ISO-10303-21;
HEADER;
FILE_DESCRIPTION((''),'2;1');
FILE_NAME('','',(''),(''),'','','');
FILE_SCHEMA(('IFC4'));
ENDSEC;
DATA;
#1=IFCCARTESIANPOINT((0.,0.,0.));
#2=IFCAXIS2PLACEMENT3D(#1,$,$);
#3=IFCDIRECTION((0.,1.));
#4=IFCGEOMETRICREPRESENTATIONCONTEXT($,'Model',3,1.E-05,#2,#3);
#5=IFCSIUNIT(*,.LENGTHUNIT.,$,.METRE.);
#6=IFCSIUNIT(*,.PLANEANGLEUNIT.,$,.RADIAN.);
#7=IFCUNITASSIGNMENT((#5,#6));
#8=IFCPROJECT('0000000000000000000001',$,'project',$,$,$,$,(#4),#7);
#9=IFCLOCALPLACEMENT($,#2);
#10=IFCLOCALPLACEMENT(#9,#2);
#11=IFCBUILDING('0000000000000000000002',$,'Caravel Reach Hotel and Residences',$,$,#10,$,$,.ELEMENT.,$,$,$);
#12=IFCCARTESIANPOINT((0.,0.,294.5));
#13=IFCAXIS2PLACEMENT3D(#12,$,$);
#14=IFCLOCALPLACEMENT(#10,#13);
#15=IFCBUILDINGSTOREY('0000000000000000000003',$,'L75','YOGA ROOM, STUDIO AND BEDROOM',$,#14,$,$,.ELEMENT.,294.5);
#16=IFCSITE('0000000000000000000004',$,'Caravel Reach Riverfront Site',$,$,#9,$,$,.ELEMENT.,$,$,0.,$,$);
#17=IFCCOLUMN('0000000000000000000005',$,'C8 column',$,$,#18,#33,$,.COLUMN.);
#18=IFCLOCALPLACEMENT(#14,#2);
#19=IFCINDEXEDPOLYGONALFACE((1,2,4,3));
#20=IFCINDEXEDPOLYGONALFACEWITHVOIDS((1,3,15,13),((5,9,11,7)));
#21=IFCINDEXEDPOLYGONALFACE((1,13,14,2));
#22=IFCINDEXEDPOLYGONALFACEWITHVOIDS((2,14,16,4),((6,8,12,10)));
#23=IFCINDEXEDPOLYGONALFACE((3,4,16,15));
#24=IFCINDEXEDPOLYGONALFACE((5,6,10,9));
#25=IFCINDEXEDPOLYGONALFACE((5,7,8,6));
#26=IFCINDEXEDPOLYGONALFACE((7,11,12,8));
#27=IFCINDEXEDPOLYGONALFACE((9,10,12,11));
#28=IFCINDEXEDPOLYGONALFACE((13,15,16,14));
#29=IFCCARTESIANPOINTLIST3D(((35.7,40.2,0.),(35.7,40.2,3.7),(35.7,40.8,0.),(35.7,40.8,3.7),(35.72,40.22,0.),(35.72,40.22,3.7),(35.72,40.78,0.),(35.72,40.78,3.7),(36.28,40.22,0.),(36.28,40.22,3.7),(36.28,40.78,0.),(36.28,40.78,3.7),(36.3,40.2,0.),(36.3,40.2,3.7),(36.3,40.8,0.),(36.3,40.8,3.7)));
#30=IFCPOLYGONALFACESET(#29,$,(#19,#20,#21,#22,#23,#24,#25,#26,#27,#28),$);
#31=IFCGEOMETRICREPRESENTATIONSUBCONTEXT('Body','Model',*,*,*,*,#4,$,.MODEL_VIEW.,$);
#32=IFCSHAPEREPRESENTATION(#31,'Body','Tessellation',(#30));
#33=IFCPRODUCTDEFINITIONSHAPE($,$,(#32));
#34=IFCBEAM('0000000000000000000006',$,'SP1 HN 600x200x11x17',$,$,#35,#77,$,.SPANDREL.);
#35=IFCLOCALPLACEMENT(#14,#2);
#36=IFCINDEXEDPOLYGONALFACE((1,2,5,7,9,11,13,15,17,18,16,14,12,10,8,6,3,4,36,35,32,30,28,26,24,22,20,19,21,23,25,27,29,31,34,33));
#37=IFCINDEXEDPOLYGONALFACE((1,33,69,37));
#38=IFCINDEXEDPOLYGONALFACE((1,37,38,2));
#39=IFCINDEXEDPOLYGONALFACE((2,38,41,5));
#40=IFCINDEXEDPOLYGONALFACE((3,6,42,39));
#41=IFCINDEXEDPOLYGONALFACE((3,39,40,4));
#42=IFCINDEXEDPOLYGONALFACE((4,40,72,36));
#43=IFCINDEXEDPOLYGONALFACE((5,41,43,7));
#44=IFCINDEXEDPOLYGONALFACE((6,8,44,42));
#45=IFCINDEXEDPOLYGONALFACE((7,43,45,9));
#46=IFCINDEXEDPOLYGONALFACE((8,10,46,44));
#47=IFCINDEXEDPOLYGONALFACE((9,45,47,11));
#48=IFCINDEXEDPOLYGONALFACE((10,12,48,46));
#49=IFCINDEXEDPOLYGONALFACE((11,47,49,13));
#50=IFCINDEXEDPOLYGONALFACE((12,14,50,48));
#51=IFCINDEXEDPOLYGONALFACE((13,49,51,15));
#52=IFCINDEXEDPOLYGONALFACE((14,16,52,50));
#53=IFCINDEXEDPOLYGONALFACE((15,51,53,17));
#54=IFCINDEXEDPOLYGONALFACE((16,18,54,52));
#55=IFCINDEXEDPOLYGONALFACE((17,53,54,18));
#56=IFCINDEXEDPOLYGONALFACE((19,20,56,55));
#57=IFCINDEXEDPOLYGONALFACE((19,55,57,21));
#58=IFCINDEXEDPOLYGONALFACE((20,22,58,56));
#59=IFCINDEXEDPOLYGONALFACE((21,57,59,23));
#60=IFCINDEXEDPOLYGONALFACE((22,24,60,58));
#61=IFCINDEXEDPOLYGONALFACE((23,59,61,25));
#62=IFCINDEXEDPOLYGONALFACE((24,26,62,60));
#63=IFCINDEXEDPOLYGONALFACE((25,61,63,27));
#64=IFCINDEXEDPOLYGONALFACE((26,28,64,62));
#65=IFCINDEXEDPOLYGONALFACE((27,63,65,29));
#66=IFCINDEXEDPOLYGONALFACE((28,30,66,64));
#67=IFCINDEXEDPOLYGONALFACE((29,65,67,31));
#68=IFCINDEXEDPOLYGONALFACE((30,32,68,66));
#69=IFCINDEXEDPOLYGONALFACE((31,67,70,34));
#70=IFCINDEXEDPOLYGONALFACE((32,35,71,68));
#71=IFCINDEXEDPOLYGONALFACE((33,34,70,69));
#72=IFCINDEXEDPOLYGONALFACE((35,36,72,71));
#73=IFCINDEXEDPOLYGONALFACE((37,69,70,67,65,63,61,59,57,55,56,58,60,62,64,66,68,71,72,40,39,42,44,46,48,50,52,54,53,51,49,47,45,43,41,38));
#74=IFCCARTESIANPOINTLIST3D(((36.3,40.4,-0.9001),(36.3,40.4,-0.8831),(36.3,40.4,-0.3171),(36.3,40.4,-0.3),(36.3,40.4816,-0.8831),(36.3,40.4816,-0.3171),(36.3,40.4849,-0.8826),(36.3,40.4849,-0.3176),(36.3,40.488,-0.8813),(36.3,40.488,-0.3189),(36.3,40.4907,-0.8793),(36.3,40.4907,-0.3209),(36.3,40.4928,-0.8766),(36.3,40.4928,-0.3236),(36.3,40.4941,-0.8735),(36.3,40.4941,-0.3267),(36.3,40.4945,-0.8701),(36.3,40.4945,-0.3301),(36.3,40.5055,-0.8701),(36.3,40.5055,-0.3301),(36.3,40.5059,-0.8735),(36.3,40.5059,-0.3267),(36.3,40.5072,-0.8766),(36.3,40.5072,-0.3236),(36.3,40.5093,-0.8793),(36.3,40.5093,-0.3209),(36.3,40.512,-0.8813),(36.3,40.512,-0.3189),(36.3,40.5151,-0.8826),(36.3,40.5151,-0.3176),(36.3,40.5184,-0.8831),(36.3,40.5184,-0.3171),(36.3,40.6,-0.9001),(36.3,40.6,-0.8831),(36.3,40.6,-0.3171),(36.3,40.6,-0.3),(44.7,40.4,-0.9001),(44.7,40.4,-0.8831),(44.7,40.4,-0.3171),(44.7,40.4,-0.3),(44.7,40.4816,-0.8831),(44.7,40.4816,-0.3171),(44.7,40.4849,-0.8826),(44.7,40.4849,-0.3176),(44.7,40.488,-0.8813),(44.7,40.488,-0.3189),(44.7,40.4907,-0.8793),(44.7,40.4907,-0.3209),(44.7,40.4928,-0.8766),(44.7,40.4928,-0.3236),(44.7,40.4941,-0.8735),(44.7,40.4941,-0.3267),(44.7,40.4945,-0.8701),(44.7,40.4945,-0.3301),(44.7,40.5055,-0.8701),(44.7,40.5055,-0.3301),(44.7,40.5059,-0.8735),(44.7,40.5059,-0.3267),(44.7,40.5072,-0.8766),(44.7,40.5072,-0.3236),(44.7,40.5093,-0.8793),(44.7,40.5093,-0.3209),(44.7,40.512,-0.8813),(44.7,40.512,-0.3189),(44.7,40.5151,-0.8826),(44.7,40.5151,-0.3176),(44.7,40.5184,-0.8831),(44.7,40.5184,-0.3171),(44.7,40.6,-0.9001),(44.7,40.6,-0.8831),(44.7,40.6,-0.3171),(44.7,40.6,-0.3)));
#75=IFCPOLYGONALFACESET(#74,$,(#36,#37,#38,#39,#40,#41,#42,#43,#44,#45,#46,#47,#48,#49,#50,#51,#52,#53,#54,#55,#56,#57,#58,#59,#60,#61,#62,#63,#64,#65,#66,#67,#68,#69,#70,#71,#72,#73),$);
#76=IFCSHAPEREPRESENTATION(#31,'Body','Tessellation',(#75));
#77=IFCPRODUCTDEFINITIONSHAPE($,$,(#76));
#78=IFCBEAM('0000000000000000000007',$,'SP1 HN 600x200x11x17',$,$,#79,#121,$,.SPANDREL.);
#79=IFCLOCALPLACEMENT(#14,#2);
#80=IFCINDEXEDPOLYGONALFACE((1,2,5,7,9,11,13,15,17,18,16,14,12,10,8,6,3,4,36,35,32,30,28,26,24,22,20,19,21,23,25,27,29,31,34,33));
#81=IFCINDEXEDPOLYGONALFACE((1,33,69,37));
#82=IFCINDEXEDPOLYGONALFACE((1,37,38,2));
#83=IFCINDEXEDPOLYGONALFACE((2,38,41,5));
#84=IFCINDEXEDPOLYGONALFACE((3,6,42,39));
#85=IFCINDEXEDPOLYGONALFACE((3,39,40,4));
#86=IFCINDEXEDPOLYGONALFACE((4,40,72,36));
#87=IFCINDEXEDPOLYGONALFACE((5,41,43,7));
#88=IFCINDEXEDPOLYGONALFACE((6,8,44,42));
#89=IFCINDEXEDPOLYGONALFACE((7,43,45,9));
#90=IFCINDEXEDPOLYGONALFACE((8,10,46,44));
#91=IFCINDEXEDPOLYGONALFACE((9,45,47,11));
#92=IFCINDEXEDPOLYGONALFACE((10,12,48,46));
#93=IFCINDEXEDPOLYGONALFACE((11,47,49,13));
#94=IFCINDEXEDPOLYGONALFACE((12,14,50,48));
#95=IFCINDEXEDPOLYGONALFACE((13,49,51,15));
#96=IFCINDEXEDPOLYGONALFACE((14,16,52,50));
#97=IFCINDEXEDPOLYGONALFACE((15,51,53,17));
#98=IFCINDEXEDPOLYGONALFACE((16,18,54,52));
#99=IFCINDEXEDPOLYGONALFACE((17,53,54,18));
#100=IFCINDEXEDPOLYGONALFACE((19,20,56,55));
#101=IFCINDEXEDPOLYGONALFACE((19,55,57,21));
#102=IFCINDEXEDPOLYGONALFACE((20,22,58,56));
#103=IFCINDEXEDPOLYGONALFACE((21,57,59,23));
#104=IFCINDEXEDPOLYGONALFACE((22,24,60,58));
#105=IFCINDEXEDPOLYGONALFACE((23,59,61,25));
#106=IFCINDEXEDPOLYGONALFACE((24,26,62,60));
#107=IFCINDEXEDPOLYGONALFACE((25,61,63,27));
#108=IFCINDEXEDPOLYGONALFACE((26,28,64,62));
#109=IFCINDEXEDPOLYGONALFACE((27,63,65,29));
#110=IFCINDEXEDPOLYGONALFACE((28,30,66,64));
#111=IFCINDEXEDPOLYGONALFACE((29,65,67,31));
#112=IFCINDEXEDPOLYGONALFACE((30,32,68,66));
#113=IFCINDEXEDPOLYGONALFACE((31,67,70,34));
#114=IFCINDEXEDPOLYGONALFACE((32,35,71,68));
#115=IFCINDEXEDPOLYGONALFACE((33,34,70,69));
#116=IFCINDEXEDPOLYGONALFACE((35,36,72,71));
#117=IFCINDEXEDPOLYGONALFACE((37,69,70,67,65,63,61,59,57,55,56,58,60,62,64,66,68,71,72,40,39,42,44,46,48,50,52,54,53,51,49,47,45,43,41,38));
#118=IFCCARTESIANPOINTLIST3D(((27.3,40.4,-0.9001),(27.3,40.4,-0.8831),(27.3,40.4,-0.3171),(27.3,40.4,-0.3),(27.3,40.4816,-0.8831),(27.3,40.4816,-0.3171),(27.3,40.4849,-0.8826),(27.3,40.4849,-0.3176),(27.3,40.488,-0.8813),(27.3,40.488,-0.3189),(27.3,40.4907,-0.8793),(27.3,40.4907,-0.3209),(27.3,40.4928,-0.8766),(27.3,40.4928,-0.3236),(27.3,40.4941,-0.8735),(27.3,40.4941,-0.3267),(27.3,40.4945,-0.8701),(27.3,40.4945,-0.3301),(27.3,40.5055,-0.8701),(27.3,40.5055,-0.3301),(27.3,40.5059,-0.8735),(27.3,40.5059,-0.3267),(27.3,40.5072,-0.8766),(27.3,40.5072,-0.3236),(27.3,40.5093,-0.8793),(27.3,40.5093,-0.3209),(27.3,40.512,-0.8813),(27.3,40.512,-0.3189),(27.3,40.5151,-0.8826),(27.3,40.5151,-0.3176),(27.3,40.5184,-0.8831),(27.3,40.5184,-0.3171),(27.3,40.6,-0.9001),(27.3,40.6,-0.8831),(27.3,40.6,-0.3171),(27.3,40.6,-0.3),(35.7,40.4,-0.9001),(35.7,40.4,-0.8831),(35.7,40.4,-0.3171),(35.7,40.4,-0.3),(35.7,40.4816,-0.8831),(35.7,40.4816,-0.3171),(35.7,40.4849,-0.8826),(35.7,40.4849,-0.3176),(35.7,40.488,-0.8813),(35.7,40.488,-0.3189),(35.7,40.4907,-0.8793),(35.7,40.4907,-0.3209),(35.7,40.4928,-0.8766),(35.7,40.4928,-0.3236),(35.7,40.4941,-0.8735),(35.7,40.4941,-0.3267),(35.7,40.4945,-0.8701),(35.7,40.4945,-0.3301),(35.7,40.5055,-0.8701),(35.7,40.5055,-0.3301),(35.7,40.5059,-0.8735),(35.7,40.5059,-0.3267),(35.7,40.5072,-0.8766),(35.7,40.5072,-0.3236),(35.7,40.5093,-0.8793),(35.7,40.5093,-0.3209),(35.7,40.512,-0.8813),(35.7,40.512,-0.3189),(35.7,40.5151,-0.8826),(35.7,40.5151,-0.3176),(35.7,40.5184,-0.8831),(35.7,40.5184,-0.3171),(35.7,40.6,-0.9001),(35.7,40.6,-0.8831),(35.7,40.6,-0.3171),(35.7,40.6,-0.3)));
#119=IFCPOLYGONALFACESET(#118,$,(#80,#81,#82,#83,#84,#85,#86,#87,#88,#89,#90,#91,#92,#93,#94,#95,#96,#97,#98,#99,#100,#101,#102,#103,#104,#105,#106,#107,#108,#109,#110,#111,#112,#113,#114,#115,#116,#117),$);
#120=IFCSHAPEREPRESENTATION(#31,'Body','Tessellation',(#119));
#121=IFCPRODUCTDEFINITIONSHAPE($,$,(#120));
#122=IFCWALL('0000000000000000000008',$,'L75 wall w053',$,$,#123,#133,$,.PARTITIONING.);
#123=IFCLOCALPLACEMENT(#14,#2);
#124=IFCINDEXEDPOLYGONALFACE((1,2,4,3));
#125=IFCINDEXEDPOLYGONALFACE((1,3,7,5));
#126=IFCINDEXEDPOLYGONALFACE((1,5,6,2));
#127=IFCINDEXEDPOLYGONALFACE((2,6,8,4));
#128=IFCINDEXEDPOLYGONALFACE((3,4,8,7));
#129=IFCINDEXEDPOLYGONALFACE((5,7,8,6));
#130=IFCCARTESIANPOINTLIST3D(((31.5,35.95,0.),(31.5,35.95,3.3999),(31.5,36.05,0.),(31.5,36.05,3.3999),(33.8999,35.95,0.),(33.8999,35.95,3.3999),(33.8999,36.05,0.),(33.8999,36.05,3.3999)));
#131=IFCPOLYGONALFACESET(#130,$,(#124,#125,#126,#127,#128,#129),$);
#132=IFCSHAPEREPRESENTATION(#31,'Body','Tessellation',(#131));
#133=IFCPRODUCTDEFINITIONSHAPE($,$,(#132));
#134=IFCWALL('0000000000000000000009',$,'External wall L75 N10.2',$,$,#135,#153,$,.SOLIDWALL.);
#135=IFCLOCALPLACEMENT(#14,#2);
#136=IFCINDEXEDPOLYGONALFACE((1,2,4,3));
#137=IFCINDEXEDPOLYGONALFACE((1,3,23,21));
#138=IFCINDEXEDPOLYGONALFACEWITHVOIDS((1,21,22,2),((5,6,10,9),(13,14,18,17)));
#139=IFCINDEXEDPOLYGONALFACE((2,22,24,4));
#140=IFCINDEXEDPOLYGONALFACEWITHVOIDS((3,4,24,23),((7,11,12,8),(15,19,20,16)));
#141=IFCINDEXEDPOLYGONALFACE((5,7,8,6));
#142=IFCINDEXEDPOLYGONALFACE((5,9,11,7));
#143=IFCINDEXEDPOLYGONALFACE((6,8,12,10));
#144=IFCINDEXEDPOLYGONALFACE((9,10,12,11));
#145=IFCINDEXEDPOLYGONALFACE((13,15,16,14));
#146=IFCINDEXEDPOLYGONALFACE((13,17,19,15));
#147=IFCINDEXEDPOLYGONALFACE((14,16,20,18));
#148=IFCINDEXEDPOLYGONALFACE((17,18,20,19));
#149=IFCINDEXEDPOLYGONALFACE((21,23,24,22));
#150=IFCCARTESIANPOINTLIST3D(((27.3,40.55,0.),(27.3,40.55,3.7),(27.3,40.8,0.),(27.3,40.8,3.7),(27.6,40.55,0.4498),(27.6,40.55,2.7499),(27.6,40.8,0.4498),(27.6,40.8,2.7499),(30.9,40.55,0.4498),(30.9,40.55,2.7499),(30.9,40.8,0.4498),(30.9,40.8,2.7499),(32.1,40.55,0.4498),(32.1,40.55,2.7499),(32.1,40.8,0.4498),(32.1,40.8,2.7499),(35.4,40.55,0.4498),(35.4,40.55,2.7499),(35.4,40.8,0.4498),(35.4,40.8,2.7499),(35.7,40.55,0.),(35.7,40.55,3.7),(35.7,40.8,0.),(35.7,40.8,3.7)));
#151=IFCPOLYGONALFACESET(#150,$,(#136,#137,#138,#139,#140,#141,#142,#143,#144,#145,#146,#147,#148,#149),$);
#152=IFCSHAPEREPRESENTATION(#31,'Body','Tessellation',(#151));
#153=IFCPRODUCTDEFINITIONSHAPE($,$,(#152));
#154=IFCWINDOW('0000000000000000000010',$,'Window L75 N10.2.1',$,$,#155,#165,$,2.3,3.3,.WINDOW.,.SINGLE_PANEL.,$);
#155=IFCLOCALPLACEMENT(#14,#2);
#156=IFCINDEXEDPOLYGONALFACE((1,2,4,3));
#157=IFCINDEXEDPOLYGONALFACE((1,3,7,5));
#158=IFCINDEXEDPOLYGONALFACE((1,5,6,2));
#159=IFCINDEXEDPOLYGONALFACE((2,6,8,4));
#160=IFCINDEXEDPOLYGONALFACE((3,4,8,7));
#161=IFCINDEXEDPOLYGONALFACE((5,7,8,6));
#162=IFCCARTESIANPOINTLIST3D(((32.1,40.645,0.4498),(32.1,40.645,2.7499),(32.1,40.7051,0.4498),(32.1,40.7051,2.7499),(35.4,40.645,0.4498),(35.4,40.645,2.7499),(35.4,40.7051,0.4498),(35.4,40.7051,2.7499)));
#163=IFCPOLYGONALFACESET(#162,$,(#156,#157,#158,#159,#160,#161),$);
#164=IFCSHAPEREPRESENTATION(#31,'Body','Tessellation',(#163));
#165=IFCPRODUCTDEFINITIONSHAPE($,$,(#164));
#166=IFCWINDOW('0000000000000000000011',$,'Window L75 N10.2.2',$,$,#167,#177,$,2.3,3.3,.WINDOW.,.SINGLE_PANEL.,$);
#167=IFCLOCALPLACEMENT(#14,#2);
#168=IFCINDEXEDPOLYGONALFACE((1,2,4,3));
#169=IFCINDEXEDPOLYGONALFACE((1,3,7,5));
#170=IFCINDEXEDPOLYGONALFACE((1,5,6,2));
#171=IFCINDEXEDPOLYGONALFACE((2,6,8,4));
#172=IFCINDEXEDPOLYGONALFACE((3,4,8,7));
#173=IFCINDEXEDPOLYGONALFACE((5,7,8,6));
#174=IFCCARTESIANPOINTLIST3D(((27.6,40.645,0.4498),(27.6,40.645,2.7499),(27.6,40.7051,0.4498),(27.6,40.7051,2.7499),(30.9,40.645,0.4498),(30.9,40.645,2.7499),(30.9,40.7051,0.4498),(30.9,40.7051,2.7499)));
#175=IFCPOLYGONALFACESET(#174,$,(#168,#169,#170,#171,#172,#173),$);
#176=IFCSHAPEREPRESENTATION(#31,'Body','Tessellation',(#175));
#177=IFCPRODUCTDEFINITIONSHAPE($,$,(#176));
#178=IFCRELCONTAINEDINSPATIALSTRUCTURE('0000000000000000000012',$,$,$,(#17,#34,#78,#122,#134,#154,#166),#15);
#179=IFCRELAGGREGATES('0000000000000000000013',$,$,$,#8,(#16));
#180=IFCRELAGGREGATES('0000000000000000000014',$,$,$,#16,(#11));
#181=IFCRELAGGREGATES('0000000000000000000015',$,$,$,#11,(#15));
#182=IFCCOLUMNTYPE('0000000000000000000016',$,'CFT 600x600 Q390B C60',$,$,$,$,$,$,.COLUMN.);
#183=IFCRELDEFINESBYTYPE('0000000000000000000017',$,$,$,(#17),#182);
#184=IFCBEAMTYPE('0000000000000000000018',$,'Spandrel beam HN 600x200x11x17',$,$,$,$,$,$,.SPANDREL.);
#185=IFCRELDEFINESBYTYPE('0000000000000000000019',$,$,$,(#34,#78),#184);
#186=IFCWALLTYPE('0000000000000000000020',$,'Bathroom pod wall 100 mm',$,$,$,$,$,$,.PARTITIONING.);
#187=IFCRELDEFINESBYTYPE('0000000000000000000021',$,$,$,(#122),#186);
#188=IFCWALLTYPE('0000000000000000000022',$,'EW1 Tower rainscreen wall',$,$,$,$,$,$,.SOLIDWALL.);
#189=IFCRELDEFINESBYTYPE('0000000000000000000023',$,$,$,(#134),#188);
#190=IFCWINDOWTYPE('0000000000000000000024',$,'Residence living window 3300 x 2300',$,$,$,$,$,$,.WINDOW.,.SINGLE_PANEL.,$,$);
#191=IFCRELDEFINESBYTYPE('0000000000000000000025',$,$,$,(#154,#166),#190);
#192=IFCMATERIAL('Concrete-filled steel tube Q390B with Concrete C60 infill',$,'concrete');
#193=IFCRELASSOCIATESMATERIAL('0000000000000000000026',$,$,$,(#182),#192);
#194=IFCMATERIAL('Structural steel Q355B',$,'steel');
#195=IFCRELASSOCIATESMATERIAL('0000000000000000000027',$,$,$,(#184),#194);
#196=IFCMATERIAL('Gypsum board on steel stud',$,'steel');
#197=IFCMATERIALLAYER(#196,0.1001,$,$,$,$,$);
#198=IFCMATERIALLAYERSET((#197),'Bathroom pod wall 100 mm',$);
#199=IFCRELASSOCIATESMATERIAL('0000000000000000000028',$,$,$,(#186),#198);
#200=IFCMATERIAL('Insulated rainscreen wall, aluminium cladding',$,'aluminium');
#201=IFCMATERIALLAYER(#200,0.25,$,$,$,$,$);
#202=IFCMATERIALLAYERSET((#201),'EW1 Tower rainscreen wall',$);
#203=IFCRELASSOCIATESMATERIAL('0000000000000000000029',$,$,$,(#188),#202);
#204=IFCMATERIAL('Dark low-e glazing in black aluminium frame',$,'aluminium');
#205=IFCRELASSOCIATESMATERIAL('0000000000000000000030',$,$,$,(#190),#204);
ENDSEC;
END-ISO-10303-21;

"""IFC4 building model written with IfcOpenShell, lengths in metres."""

from ifc_helpers import new_model, si_unit, direction, frame, frame_2d, origin, origin_2d, place, context, subcontext, project, spatial, rectangle, hollow_rectangle, i_section, extrude, material, layer, layer_set, material_profile, profile_set, type_object, element, fill, save


model = new_model("IFC4")

# Units and contexts
model_context = context("Model", 3, precision=1e-05, world=origin(), true_north=direction((0.0, 1.0)))
body_context = subcontext(model_context, "Body", "Model", "MODEL_VIEW")
ifc_project = project(units=[si_unit("LENGTHUNIT", "METRE"), si_unit("PLANEANGLEUNIT", "RADIAN")], contexts=[model_context])

# Site, building, storey
site_placement = place(None, origin())
site = spatial("IfcSite", under=ifc_project, at=site_placement, Name="Caravel Reach Riverfront Site", CompositionType="ELEMENT", RefElevation=0.0)
building_placement = place(site_placement, origin())
building = spatial("IfcBuilding", under=site, at=building_placement, Name="Caravel Reach Hotel and Residences", CompositionType="ELEMENT")
storey_placement = place(building_placement, frame((0.0, 0.0, 294.5)))
storey = spatial("IfcBuildingStorey", under=building, at=storey_placement, Name="L75", Description="YOGA ROOM, STUDIO AND BEDROOM", CompositionType="ELEMENT", Elevation=294.5)

# Column
ifc_material_1 = material(Name="Concrete-filled steel tube Q390B with Concrete C60 infill", Category="concrete")
ifc_material_profile_1 = material_profile(ifc_material_1, hollow_rectangle(XDim=0.6001, YDim=0.6001, WallThickness=0.02, at=origin_2d()), Name="RHS 600x600x20")
ifc_profile_set_1 = profile_set([ifc_material_profile_1], Name="Concrete-filled steel tube Q390B with Concrete C60 infill")
column_type = type_object("IfcColumnType", Name="CFT 600x600 Q390B C60", PredefinedType="COLUMN", material=ifc_profile_set_1)
column_placement = place(storey_placement, frame((36.0, 40.5, 0.0), z_axis=(0.0, 0.0, 1.0), x_axis=(1.0, 0.0, 0.0)))
element("IfcColumn", 1, at=column_placement, inside=storey, type_object=column_type, Name="C8 column", PredefinedType="COLUMN", context=body_context, shape_type="SweptSolid", body=[
    extrude(hollow_rectangle(XDim=0.6001, YDim=0.6001, WallThickness=0.02, at=origin_2d()), origin(), (0.0, 0.0, 1.0), 3.7),
])

# Beams
ifc_material_2 = material(Name="Structural steel Q355B", Category="steel")
ifc_material_profile_2 = material_profile(ifc_material_2, i_section(OverallWidth=0.2, OverallDepth=0.6001, WebThickness=0.011, FlangeThickness=0.0171, FilletRadius=0.0129, at=origin_2d()), Name="HN 600x200x11x17")
ifc_profile_set_2 = profile_set([ifc_material_profile_2], Name="Structural steel Q355B")
beam_type = type_object("IfcBeamType", Name="Spandrel beam HN 600x200x11x17", PredefinedType="SPANDREL", material=ifc_profile_set_2)
for number, where, z_axis, x_axis, name in (
    (2, (44.7, 40.5, -0.6001), (-1.0, 0.0, 0.0), (0.0, -1.0, 0.0), "SP1 HN 600x200x11x17"),
    (3, (35.7, 40.5, -0.6001), (-1.0, 0.0, 0.0), (0.0, -1.0, 0.0), "SP1 HN 600x200x11x17"),
):
    element("IfcBeam", number, at=place(storey_placement, frame(where, z_axis=z_axis, x_axis=x_axis)), inside=storey, type_object=beam_type, Name=name, PredefinedType="SPANDREL", context=body_context, shape_type="SweptSolid", body=[
        extrude(i_section(OverallWidth=0.2, OverallDepth=0.6001, WebThickness=0.011, FlangeThickness=0.0171, FilletRadius=0.0129, at=origin_2d()), origin(), (0.0, 0.0, 1.0), 8.3999),
    ])

# Wall
ifc_material_3 = material(Name="Gypsum board on steel stud", Category="steel")
ifc_layer_1 = layer(ifc_material_3, 0.1001)
ifc_layer_set_1 = layer_set([ifc_layer_1], Name="Bathroom pod wall 100 mm")
wall_type_1 = type_object("IfcWallType", Name="Bathroom pod wall 100 mm", PredefinedType="PARTITIONING", material=ifc_layer_set_1)
wall_1_placement = place(storey_placement, frame((31.5, 36.0, 0.0), z_axis=(0.0, 0.0, 1.0), x_axis=(1.0, 0.0, 0.0)))
element("IfcWall", 4, at=wall_1_placement, inside=storey, type_object=wall_type_1, Name="L75 wall w053", PredefinedType="PARTITIONING", context=body_context, shape_type="SweptSolid", body=[
    extrude(rectangle(XDim=2.3999, YDim=0.1001, at=frame_2d((1.2, 0.0))), origin(), (0.0, 0.0, 1.0), 3.3999),
])

# Wall, openings, windows
ifc_material_4 = material(Name="Insulated rainscreen wall, aluminium cladding", Category="aluminium")
ifc_layer_2 = layer(ifc_material_4, 0.25)
ifc_layer_set_2 = layer_set([ifc_layer_2], Name="EW1 Tower rainscreen wall")
wall_type_2 = type_object("IfcWallType", Name="EW1 Tower rainscreen wall", PredefinedType="SOLIDWALL", material=ifc_layer_set_2)
wall_2_placement = place(storey_placement, frame((35.7, 40.675, 0.0), z_axis=(0.0, 0.0, 1.0), x_axis=(-1.0, 0.0, 0.0)))
wall_2 = element("IfcWall", 5, at=wall_2_placement, inside=storey, type_object=wall_type_2, Name="External wall L75 N10.2", PredefinedType="SOLIDWALL", context=body_context, shape_type="SweptSolid", body=[
    extrude(rectangle(XDim=8.3999, YDim=0.25, at=frame_2d((4.2, 0.0))), origin(), (0.0, 0.0, 1.0), 3.7),
])
opening_1_placement = place(wall_2_placement, frame((0.3, 0.0, 0.45)))
opening_1 = element("IfcOpeningElement", 6, at=opening_1_placement, cuts=wall_2, PredefinedType="OPENING", context=body_context, shape_type="SweptSolid", body=[
    extrude(rectangle(XDim=3.3, YDim=2.3, at=frame_2d((1.6499, 1.1499))), frame((0.0, 0.135, 0.0), z_axis=(0.0, -1.0, 0.0), x_axis=(1.0, 0.0, 0.0)), (0.0, 0.0, 1.0), 0.27),
])
opening_2_placement = place(wall_2_placement, frame((4.8, 0.0, 0.45)))
opening_2 = element("IfcOpeningElement", 7, at=opening_2_placement, cuts=wall_2, PredefinedType="OPENING", context=body_context, shape_type="SweptSolid", body=[
    extrude(rectangle(XDim=3.3, YDim=2.3, at=frame_2d((1.6499, 1.1499))), frame((0.0, 0.135, 0.0), z_axis=(0.0, -1.0, 0.0), x_axis=(1.0, 0.0, 0.0)), (0.0, 0.0, 1.0), 0.27),
])
ifc_material_5 = material(Name="Dark low-e glazing in black aluminium frame", Category="aluminium")
window_type = type_object("IfcWindowType", Name="Residence living window 3300 x 2300", PartitioningType="SINGLE_PANEL", PredefinedType="WINDOW", material=ifc_material_5)
window_1_placement = place(opening_1_placement, origin())
window_1 = element("IfcWindow", 8, at=window_1_placement, inside=storey, type_object=window_type, Name="Window L75 N10.2.1", OverallHeight=2.3, OverallWidth=3.3, PartitioningType="SINGLE_PANEL", PredefinedType="WINDOW", context=body_context, shape_type="SweptSolid", body=[
    extrude(rectangle(XDim=3.3, YDim=2.3, at=frame_2d((1.6499, 1.1499))), frame((0.0, 0.03, 0.0), z_axis=(0.0, -1.0, 0.0), x_axis=(1.0, 0.0, 0.0)), (0.0, 0.0, 1.0), 0.0601),
])
fill(opening_1, window_1)
window_2_placement = place(opening_2_placement, origin())
window_2 = element("IfcWindow", 9, at=window_2_placement, inside=storey, type_object=window_type, Name="Window L75 N10.2.2", OverallHeight=2.3, OverallWidth=3.3, PartitioningType="SINGLE_PANEL", PredefinedType="WINDOW", context=body_context, shape_type="SweptSolid", body=[
    extrude(rectangle(XDim=3.3, YDim=2.3, at=frame_2d((1.6499, 1.1499))), frame((0.0, 0.03, 0.0), z_axis=(0.0, -1.0, 0.0), x_axis=(1.0, 0.0, 0.0)), (0.0, 0.0, 1.0), 0.0601),
])
fill(opening_2, window_2)

save(model, "model.ifc")
